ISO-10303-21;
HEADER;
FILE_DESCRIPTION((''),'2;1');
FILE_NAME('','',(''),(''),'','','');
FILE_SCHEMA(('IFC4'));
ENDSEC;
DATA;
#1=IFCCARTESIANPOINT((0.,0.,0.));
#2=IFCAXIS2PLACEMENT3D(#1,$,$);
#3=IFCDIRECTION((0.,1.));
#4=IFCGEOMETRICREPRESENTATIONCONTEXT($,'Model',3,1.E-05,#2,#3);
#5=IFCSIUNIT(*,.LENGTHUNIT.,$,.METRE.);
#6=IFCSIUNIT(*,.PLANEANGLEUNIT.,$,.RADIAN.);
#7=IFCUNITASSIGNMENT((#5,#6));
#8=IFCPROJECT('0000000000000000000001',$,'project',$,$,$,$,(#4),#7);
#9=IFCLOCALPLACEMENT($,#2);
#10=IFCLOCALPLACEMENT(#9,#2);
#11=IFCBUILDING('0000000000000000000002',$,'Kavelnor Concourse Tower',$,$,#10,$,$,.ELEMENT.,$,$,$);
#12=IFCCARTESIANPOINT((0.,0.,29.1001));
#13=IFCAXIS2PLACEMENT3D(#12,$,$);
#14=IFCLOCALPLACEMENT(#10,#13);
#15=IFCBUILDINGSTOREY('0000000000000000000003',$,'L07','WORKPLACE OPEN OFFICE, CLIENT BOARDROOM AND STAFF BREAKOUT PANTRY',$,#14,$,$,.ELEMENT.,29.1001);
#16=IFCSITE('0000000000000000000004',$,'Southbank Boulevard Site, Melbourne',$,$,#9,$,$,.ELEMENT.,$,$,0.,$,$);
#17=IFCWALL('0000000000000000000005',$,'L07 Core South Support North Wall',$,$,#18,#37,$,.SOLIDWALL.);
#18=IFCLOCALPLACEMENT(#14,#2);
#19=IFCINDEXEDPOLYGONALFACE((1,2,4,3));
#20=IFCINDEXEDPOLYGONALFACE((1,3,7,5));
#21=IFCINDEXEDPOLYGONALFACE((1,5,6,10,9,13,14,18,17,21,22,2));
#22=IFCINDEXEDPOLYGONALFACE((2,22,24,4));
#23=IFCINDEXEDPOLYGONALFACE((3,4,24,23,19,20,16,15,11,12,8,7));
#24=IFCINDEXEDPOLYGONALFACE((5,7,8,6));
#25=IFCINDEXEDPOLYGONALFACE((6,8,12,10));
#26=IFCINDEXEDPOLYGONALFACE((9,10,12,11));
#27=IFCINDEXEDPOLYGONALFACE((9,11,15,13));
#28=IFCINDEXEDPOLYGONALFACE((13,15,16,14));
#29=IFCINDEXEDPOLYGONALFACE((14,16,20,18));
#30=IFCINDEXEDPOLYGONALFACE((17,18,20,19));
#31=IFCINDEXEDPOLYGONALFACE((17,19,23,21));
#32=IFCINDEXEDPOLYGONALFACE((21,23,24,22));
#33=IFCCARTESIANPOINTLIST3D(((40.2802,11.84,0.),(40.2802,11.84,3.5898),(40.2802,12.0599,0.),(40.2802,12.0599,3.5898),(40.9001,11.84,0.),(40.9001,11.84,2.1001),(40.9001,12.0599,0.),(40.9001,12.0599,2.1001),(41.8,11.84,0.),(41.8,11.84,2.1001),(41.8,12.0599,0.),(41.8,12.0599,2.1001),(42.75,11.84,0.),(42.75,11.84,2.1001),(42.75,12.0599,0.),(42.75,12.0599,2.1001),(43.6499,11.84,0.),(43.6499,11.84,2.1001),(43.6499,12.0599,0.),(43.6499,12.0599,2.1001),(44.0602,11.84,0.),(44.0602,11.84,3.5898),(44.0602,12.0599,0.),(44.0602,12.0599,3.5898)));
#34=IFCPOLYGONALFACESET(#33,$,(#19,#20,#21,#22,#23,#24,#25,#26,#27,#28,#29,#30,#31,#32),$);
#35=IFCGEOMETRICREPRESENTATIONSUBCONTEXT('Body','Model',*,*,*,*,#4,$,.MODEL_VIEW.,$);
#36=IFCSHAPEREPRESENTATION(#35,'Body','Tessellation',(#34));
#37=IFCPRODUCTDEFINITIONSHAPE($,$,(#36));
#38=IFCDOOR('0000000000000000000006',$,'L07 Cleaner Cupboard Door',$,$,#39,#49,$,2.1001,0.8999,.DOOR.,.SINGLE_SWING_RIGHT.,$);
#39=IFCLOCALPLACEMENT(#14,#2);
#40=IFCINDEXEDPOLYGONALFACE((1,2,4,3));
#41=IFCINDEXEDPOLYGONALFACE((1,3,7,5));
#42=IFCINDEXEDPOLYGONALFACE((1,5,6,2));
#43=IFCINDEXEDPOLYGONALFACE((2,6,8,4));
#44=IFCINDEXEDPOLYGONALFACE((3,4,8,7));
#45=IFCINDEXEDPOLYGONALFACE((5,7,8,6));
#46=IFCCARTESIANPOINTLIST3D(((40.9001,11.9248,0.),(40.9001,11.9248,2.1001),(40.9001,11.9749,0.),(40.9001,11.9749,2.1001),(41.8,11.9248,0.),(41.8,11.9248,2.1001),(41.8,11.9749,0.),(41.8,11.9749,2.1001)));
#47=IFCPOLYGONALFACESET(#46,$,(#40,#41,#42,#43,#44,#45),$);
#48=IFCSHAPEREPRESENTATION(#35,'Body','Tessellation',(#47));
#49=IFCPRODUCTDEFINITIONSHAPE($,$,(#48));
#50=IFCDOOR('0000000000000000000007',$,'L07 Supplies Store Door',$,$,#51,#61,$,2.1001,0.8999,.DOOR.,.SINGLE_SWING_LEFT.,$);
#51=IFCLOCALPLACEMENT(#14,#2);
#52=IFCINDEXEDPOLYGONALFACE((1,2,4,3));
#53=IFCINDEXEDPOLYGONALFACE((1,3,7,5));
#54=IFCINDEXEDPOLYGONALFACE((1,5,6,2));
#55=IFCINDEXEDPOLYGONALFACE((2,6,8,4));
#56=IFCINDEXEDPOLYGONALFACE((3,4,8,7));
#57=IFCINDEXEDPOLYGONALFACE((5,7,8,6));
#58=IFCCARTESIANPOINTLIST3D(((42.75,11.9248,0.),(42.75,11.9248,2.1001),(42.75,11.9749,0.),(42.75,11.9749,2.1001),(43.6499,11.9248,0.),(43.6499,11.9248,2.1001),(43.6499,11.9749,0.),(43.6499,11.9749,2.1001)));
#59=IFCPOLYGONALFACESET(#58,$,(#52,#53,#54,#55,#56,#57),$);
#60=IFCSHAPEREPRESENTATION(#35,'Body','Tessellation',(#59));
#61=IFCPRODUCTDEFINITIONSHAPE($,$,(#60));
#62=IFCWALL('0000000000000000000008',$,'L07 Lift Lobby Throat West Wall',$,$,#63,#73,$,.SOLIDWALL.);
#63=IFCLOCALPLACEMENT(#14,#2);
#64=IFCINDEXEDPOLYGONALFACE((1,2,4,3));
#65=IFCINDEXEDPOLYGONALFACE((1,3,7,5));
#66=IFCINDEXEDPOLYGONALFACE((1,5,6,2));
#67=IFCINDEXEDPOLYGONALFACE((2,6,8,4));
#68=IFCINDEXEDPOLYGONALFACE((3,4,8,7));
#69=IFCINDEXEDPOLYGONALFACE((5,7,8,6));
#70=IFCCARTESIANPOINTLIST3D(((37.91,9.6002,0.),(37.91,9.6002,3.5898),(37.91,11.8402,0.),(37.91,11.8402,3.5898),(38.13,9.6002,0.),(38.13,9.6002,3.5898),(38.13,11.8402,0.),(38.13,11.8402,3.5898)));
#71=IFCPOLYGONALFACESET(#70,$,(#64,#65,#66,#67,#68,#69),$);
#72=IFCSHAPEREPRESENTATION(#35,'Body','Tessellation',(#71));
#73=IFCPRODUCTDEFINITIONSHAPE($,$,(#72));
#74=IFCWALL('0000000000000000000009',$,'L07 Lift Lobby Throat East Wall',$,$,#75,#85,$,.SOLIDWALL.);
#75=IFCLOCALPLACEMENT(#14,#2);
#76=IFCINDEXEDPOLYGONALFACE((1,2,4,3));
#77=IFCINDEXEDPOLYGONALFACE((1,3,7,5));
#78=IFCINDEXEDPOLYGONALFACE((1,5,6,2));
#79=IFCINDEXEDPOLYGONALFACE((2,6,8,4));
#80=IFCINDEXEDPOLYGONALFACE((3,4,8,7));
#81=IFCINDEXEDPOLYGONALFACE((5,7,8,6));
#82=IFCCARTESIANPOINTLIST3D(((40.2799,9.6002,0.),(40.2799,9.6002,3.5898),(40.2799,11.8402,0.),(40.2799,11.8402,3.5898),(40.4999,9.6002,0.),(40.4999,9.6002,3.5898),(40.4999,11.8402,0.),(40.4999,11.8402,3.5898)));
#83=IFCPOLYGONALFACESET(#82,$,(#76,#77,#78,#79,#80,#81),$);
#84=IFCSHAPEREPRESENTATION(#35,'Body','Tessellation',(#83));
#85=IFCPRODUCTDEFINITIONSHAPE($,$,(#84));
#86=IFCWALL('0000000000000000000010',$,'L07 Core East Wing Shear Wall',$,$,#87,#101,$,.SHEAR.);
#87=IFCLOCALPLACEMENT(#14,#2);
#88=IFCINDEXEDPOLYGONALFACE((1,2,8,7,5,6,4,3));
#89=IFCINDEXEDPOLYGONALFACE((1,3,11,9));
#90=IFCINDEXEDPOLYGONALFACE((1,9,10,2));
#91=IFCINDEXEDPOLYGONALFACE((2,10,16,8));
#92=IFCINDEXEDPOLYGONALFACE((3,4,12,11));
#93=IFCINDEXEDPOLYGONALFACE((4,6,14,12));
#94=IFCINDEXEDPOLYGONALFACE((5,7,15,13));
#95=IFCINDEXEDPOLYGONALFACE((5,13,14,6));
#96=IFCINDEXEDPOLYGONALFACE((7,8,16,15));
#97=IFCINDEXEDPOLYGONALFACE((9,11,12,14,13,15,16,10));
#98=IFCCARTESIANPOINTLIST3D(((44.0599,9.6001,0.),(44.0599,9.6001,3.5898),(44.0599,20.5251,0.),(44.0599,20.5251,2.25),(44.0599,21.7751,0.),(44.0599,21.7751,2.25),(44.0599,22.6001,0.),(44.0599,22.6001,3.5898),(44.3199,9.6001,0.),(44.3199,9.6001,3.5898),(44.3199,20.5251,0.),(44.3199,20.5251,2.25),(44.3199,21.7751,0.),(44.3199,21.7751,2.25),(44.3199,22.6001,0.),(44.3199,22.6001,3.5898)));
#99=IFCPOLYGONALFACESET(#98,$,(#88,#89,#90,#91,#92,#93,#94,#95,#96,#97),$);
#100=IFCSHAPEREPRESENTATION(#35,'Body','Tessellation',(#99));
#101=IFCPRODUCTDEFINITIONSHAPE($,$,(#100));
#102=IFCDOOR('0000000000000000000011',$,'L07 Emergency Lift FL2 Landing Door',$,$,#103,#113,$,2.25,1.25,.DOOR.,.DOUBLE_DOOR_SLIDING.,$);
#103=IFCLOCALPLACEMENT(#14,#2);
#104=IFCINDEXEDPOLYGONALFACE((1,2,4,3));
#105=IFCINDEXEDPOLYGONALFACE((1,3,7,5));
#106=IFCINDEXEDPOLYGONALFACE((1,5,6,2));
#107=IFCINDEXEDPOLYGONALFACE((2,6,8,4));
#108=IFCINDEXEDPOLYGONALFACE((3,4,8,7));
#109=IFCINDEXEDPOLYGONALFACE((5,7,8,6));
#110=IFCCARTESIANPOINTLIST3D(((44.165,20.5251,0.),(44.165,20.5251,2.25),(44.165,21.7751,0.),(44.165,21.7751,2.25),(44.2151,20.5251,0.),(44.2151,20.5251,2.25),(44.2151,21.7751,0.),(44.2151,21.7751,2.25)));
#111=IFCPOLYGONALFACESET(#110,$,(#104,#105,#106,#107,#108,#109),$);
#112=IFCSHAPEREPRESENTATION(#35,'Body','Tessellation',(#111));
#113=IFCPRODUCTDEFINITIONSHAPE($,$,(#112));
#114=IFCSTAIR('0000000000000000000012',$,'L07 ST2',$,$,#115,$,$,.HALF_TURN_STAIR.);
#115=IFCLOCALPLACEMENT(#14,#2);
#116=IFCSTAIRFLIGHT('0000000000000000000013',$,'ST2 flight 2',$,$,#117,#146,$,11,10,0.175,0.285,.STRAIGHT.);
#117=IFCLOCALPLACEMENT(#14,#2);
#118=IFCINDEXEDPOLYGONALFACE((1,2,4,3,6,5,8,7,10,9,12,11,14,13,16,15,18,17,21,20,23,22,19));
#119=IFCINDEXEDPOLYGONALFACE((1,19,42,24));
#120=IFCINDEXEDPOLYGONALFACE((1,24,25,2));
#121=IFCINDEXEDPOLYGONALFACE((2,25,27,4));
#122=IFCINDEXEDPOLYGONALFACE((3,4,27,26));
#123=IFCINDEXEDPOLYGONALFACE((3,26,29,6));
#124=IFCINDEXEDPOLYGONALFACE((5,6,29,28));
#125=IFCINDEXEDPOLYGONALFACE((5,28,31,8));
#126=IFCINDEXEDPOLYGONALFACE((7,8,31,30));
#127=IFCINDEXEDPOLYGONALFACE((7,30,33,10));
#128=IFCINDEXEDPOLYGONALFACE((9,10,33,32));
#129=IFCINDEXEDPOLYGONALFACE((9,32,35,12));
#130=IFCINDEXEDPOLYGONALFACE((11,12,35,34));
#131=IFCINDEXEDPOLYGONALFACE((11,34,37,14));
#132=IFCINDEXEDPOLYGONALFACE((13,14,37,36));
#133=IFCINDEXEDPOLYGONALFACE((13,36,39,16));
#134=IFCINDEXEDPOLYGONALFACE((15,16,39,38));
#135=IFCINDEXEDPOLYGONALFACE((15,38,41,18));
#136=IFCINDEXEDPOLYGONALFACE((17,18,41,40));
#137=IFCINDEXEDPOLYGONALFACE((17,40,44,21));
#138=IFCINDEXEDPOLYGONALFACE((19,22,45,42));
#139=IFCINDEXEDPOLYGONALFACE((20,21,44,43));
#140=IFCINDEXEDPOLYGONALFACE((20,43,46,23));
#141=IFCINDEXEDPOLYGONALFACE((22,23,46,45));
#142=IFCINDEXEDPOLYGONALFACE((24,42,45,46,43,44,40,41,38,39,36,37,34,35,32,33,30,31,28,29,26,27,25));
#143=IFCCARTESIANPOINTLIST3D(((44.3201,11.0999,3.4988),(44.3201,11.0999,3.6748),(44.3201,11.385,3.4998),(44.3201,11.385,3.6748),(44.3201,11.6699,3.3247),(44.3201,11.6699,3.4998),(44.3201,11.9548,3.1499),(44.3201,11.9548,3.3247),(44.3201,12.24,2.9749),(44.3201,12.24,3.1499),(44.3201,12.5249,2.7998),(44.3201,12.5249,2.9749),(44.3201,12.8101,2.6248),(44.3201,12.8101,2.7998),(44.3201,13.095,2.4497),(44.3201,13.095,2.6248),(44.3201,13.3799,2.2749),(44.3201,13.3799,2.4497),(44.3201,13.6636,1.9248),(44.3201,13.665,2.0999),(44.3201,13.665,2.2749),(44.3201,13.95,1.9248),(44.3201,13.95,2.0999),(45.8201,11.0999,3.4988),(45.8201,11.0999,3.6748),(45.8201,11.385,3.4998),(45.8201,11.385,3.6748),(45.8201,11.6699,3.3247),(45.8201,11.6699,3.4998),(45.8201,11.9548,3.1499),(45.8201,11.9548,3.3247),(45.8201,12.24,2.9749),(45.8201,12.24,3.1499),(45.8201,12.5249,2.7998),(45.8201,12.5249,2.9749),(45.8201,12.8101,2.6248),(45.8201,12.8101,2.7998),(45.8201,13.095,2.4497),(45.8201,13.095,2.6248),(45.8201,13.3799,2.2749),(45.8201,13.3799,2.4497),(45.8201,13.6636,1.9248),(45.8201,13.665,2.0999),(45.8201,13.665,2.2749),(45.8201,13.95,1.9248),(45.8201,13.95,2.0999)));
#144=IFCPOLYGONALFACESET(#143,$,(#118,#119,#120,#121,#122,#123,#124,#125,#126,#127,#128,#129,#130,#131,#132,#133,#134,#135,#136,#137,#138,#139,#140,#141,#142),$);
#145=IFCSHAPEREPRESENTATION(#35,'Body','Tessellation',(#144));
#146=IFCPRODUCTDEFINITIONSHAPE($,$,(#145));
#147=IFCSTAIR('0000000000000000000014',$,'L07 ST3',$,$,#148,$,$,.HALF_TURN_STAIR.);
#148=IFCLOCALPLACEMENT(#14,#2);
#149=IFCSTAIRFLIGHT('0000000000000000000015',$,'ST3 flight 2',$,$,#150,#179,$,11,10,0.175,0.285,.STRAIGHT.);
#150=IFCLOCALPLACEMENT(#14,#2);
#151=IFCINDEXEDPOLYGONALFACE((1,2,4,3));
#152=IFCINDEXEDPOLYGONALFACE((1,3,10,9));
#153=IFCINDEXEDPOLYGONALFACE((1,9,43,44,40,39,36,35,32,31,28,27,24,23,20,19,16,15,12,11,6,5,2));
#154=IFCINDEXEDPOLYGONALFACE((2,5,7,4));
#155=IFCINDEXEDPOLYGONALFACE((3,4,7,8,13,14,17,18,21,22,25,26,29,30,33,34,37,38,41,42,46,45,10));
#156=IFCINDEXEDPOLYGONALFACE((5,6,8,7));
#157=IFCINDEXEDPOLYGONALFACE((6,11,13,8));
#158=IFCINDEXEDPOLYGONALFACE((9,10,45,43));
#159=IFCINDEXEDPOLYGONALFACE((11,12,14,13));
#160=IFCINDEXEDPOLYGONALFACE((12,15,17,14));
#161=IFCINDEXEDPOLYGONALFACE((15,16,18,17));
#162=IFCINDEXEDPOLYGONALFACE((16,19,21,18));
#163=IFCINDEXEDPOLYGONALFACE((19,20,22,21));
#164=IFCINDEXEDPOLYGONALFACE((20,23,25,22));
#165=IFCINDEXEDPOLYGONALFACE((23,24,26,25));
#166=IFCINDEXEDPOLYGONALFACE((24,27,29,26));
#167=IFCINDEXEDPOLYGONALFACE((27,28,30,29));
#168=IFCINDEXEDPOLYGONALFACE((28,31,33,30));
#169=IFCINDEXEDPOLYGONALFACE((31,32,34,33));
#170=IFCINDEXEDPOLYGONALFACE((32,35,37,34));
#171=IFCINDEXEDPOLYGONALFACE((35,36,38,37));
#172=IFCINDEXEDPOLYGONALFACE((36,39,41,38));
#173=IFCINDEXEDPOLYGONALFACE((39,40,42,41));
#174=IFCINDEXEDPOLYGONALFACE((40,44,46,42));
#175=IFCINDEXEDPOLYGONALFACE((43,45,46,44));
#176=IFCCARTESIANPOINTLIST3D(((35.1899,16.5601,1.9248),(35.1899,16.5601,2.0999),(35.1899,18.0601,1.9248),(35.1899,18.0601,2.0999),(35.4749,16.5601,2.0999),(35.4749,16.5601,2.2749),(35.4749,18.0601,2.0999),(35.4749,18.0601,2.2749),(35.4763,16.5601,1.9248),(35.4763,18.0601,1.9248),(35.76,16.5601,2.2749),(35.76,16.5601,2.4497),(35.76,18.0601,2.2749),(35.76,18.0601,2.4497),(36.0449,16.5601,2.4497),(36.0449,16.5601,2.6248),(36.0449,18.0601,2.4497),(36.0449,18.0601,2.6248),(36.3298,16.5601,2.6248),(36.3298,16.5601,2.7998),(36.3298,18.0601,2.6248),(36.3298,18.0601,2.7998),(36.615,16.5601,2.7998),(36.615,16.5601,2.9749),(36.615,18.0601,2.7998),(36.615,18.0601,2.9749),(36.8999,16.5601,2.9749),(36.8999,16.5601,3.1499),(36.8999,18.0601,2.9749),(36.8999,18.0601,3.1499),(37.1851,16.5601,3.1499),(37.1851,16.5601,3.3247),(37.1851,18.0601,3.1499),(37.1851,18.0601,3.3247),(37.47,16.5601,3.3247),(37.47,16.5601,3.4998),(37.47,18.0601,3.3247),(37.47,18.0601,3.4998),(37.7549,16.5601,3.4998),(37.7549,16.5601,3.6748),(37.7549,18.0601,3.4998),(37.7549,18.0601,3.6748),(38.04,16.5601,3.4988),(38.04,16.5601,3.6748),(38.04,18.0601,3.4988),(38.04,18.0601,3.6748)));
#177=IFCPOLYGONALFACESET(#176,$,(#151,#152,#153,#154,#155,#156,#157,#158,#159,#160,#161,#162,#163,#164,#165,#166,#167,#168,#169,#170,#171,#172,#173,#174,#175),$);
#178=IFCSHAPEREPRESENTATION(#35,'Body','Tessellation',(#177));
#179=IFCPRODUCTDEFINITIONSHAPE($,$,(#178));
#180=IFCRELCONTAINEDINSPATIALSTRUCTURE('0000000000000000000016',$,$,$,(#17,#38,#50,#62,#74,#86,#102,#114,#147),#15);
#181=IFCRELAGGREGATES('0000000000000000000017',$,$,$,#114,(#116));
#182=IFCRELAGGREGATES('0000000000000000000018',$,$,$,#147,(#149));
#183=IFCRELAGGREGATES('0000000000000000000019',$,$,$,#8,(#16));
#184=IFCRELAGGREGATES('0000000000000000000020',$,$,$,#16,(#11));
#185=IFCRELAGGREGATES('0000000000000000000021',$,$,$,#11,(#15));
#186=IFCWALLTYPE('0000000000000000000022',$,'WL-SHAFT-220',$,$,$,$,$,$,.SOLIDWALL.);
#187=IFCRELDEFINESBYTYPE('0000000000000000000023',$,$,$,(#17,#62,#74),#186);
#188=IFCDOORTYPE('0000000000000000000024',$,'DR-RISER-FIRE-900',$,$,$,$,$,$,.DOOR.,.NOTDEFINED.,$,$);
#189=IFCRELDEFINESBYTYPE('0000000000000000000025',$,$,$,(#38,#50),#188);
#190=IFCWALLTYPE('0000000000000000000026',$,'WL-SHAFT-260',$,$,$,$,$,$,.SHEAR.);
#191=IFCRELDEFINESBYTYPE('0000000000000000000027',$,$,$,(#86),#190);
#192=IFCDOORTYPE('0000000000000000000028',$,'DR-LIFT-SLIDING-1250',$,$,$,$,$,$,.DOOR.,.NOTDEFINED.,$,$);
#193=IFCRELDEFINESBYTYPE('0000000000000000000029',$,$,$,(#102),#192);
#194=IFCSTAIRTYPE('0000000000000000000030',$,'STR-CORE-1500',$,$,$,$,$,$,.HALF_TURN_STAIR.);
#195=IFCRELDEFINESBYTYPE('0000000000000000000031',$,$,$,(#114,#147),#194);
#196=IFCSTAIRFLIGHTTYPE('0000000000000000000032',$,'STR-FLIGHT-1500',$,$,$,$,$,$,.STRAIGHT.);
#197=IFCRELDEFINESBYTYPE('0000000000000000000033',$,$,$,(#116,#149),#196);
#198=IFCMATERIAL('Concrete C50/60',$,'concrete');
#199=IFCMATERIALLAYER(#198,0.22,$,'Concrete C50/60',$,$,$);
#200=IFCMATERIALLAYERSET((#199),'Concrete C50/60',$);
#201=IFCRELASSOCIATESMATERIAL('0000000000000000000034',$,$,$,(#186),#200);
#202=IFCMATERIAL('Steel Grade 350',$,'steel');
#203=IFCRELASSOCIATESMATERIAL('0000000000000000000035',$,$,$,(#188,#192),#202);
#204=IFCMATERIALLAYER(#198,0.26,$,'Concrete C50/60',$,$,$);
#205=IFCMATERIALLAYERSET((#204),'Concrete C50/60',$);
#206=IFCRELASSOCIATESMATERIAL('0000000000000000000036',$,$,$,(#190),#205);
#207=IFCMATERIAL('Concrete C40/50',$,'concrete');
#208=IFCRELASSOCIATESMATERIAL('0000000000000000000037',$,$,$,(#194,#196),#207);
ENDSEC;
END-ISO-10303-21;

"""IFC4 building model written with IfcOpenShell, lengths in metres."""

from ifc_helpers import new_model, si_unit, direction, frame, frame_2d, origin, place, context, subcontext, project, spatial, polyline, rectangle, outline, extrude, material, layer, layer_set, type_object, element, fill, aggregate, save


model = new_model("IFC4")

# Units and contexts
model_context = context("Model", 3, precision=1e-05, world=origin(), true_north=direction((0.0, 1.0)))
body_context = subcontext(model_context, "Body", "Model", "MODEL_VIEW")
ifc_project = project(units=[si_unit("LENGTHUNIT", "METRE"), si_unit("PLANEANGLEUNIT", "RADIAN")], contexts=[model_context])

# Site, building, storey
site_placement = place(None, origin())
site = spatial("IfcSite", under=ifc_project, at=site_placement, Name="Southbank Boulevard Site, Melbourne", CompositionType="ELEMENT", RefElevation=0.0)
building_placement = place(site_placement, origin())
building = spatial("IfcBuilding", under=site, at=building_placement, Name="Kavelnor Concourse Tower", CompositionType="ELEMENT")
storey_placement = place(building_placement, frame((0.0, 0.0, 29.1001)))
storey = spatial("IfcBuildingStorey", under=building, at=storey_placement, Name="L07", Description="WORKPLACE OPEN OFFICE, CLIENT BOARDROOM AND STAFF BREAKOUT PANTRY", CompositionType="ELEMENT", Elevation=29.1001)

# Shared definitions
ifc_material_1 = material(Name="Steel Grade 350", Category="steel")

# Shared definitions
ifc_material_2 = material(Name="Concrete C50/60", Category="concrete")
ifc_layer_1 = layer(ifc_material_2, 0.22, Name="Concrete C50/60")
ifc_layer_set_1 = layer_set([ifc_layer_1], Name="Concrete C50/60")
wall_type_1 = type_object("IfcWallType", Name="WL-SHAFT-220", PredefinedType="SOLIDWALL", material=ifc_layer_set_1)

# Wall, openings, doors
wall_1_placement = place(storey_placement, frame((40.28, 11.95, 0.0), z_axis=(0.0, 0.0, 1.0), x_axis=(1.0, 0.0, 0.0)))
wall_1 = element("IfcWall", 1, at=wall_1_placement, inside=storey, type_object=wall_type_1, Name="L07 Core South Support North Wall", PredefinedType="SOLIDWALL", context=body_context, shape_type="SweptSolid", body=[
    extrude(rectangle(XDim=3.78, YDim=0.22, at=frame_2d((1.8901, 0.0))), origin(), (0.0, 0.0, 1.0), 3.5898),
])
opening_1_placement = place(wall_1_placement, frame((0.6201, 0.0, 0.0)))
opening_1 = element("IfcOpeningElement", 2, at=opening_1_placement, cuts=wall_1, PredefinedType="OPENING", context=body_context, shape_type="SweptSolid", body=[
    extrude(rectangle(XDim=0.8999, YDim=2.1001, at=frame_2d((0.45, 1.05))), frame((0.0, 0.1201, 0.0), z_axis=(0.0, -1.0, 0.0), x_axis=(1.0, 0.0, 0.0)), (0.0, 0.0, 1.0), 0.24),
])
opening_2_placement = place(wall_1_placement, frame((2.47, 0.0, 0.0)))
opening_2 = element("IfcOpeningElement", 3, at=opening_2_placement, cuts=wall_1, PredefinedType="OPENING", context=body_context, shape_type="SweptSolid", body=[
    extrude(rectangle(XDim=0.8999, YDim=2.1001, at=frame_2d((0.45, 1.05))), frame((0.0, 0.1201, 0.0), z_axis=(0.0, -1.0, 0.0), x_axis=(1.0, 0.0, 0.0)), (0.0, 0.0, 1.0), 0.24),
])
door_type_1 = type_object("IfcDoorType", Name="DR-RISER-FIRE-900", OperationType="NOTDEFINED", PredefinedType="DOOR", material=ifc_material_1)
door_1_placement = place(opening_1_placement, origin())
door_1 = element("IfcDoor", 4, at=door_1_placement, inside=storey, type_object=door_type_1, Name="L07 Cleaner Cupboard Door", OperationType="SINGLE_SWING_RIGHT", OverallHeight=2.1001, OverallWidth=0.8999, PredefinedType="DOOR", context=body_context, shape_type="SweptSolid", body=[
    extrude(rectangle(XDim=0.8999, YDim=2.1001, at=frame_2d((0.45, 1.05))), frame((0.0, 0.0249, 0.0), z_axis=(0.0, -1.0, 0.0), x_axis=(1.0, 0.0, 0.0)), (0.0, 0.0, 1.0), 0.05),
])
fill(opening_1, door_1)
door_2_placement = place(opening_2_placement, origin())
door_2 = element("IfcDoor", 5, at=door_2_placement, inside=storey, type_object=door_type_1, Name="L07 Supplies Store Door", OperationType="SINGLE_SWING_LEFT", OverallHeight=2.1001, OverallWidth=0.8999, PredefinedType="DOOR", context=body_context, shape_type="SweptSolid", body=[
    extrude(rectangle(XDim=0.8999, YDim=2.1001, at=frame_2d((0.45, 1.05))), frame((0.0, 0.0249, 0.0), z_axis=(0.0, -1.0, 0.0), x_axis=(1.0, 0.0, 0.0)), (0.0, 0.0, 1.0), 0.05),
])
fill(opening_2, door_2)

# Walls
for number, where, z_axis, x_axis, name in (
    (6, (38.02, 9.6001, 0.0), (0.0, 0.0, 1.0), (0.0, 1.0, 0.0), "L07 Lift Lobby Throat West Wall"),
    (7, (40.3899, 9.6001, 0.0), (0.0, 0.0, 1.0), (0.0, 1.0, 0.0), "L07 Lift Lobby Throat East Wall"),
):
    element("IfcWall", number, at=place(storey_placement, frame(where, z_axis=z_axis, x_axis=x_axis)), inside=storey, type_object=wall_type_1, Name=name, PredefinedType="SOLIDWALL", context=body_context, shape_type="SweptSolid", body=[
        extrude(rectangle(XDim=2.24, YDim=0.22, at=frame_2d((1.1201, 0.0))), origin(), (0.0, 0.0, 1.0), 3.5898),
    ])

# Wall, opening, door
ifc_layer_2 = layer(ifc_material_2, 0.26, Name="Concrete C50/60")
ifc_layer_set_2 = layer_set([ifc_layer_2], Name="Concrete C50/60")
wall_type_2 = type_object("IfcWallType", Name="WL-SHAFT-260", PredefinedType="SHEAR", material=ifc_layer_set_2)
wall_2_placement = place(storey_placement, frame((44.1899, 9.6001, 0.0), z_axis=(0.0, 0.0, 1.0), x_axis=(0.0, 1.0, 0.0)))
wall_2 = element("IfcWall", 8, at=wall_2_placement, inside=storey, type_object=wall_type_2, Name="L07 Core East Wing Shear Wall", PredefinedType="SHEAR", context=body_context, shape_type="SweptSolid", body=[
    extrude(rectangle(XDim=13.0, YDim=0.26, at=frame_2d((6.5, 0.0))), origin(), (0.0, 0.0, 1.0), 3.5898),
])
opening_3_placement = place(wall_2_placement, frame((10.925, 0.0, 0.0)))
opening_3 = element("IfcOpeningElement", 9, at=opening_3_placement, cuts=wall_2, PredefinedType="OPENING", context=body_context, shape_type="SweptSolid", body=[
    extrude(rectangle(XDim=1.25, YDim=2.25, at=frame_2d((0.625, 1.125))), frame((0.0, 0.1401, 0.0), z_axis=(0.0, -1.0, 0.0), x_axis=(1.0, 0.0, 0.0)), (0.0, 0.0, 1.0), 0.28),
])
door_type_2 = type_object("IfcDoorType", Name="DR-LIFT-SLIDING-1250", OperationType="NOTDEFINED", PredefinedType="DOOR", material=ifc_material_1)
door_3_placement = place(opening_3_placement, origin())
door_3 = element("IfcDoor", 10, at=door_3_placement, inside=storey, type_object=door_type_2, Name="L07 Emergency Lift FL2 Landing Door", OperationType="DOUBLE_DOOR_SLIDING", OverallHeight=2.25, OverallWidth=1.25, PredefinedType="DOOR", context=body_context, shape_type="SweptSolid", body=[
    extrude(rectangle(XDim=1.25, YDim=2.25, at=frame_2d((0.625, 1.125))), frame((0.0, 0.0249, 0.0), z_axis=(0.0, -1.0, 0.0), x_axis=(1.0, 0.0, 0.0)), (0.0, 0.0, 1.0), 0.05),
])
fill(opening_3, door_3)

# Stairs, stair flights
ifc_material_3 = material(Name="Concrete C40/50", Category="concrete")
stair_type = type_object("IfcStairType", Name="STR-CORE-1500", PredefinedType="HALF_TURN_STAIR", material=ifc_material_3)
stair_1_placement = place(storey_placement, origin())
stair_1 = element("IfcStair", 11, at=stair_1_placement, inside=storey, type_object=stair_type, Name="L07 ST2", PredefinedType="HALF_TURN_STAIR")
stair_flight_type = type_object("IfcStairFlightType", Name="STR-FLIGHT-1500", PredefinedType="STRAIGHT", material=ifc_material_3)
stair_flight_1_placement = place(storey_placement, frame((45.0701, 13.95, 1.9248), z_axis=(0.0, 0.0, 1.0), x_axis=(0.0, -1.0, 0.0)))
stair_flight_1 = element("IfcStairFlight", 12, at=stair_flight_1_placement, type_object=stair_flight_type, Name="ST2 flight 2", NumberOfRisers=11, NumberOfTreads=10, PredefinedType="STRAIGHT", RiserHeight=0.175, TreadLength=0.285, context=body_context, shape_type="SweptSolid", body=[
    extrude(outline(polyline([(0.0, 0.0), (0.0, 0.175), (0.2849, 0.175), (0.2849, 0.3501), (0.5701, 0.3501), (0.5701, 0.5249), (0.855, 0.5249), (0.855, 0.7), (1.1399, 0.7), (1.1399, 0.875), (1.425, 0.875), (1.425, 1.05), (1.71, 1.05), (1.71, 1.2251), (1.9951, 1.2251), (1.9951, 1.3999), (2.28, 1.3999), (2.28, 1.575), (2.5649, 1.575), (2.5649, 1.75), (2.8501, 1.75), (2.8501, 1.925), (2.8501, 1.574), (0.2864, 0.0), (0.0, 0.0)])), frame((0.0, 0.75, 0.0), z_axis=(0.0, -1.0, 0.0), x_axis=(1.0, 0.0, 0.0)), (0.0, 0.0, 1.0), 1.5),
])
aggregate(stair_1, [stair_flight_1])
stair_2_placement = place(storey_placement, origin())
stair_2 = element("IfcStair", 13, at=stair_2_placement, inside=storey, type_object=stair_type, Name="L07 ST3", PredefinedType="HALF_TURN_STAIR")
stair_flight_2_placement = place(storey_placement, frame((35.1899, 17.3101, 1.9248), z_axis=(0.0, 0.0, 1.0), x_axis=(1.0, 0.0, 0.0)))
stair_flight_2 = element("IfcStairFlight", 14, at=stair_flight_2_placement, type_object=stair_flight_type, Name="ST3 flight 2", NumberOfRisers=11, NumberOfTreads=10, PredefinedType="STRAIGHT", RiserHeight=0.175, TreadLength=0.285, context=body_context, shape_type="SweptSolid", body=[
    extrude(outline(polyline([(0.0, 0.0), (0.0, 0.175), (0.2849, 0.175), (0.2849, 0.3501), (0.5701, 0.3501), (0.5701, 0.5249), (0.855, 0.5249), (0.855, 0.7), (1.1399, 0.7), (1.1399, 0.875), (1.425, 0.875), (1.425, 1.05), (1.71, 1.05), (1.71, 1.2251), (1.9951, 1.2251), (1.9951, 1.3999), (2.28, 1.3999), (2.28, 1.575), (2.5649, 1.575), (2.5649, 1.75), (2.8501, 1.75), (2.8501, 1.925), (2.8501, 1.574), (0.2864, 0.0), (0.0, 0.0)])), frame((0.0, 0.75, 0.0), z_axis=(0.0, -1.0, 0.0), x_axis=(1.0, 0.0, 0.0)), (0.0, 0.0, 1.0), 1.5),
])
aggregate(stair_2, [stair_flight_2])

save(model, "model.ifc")
